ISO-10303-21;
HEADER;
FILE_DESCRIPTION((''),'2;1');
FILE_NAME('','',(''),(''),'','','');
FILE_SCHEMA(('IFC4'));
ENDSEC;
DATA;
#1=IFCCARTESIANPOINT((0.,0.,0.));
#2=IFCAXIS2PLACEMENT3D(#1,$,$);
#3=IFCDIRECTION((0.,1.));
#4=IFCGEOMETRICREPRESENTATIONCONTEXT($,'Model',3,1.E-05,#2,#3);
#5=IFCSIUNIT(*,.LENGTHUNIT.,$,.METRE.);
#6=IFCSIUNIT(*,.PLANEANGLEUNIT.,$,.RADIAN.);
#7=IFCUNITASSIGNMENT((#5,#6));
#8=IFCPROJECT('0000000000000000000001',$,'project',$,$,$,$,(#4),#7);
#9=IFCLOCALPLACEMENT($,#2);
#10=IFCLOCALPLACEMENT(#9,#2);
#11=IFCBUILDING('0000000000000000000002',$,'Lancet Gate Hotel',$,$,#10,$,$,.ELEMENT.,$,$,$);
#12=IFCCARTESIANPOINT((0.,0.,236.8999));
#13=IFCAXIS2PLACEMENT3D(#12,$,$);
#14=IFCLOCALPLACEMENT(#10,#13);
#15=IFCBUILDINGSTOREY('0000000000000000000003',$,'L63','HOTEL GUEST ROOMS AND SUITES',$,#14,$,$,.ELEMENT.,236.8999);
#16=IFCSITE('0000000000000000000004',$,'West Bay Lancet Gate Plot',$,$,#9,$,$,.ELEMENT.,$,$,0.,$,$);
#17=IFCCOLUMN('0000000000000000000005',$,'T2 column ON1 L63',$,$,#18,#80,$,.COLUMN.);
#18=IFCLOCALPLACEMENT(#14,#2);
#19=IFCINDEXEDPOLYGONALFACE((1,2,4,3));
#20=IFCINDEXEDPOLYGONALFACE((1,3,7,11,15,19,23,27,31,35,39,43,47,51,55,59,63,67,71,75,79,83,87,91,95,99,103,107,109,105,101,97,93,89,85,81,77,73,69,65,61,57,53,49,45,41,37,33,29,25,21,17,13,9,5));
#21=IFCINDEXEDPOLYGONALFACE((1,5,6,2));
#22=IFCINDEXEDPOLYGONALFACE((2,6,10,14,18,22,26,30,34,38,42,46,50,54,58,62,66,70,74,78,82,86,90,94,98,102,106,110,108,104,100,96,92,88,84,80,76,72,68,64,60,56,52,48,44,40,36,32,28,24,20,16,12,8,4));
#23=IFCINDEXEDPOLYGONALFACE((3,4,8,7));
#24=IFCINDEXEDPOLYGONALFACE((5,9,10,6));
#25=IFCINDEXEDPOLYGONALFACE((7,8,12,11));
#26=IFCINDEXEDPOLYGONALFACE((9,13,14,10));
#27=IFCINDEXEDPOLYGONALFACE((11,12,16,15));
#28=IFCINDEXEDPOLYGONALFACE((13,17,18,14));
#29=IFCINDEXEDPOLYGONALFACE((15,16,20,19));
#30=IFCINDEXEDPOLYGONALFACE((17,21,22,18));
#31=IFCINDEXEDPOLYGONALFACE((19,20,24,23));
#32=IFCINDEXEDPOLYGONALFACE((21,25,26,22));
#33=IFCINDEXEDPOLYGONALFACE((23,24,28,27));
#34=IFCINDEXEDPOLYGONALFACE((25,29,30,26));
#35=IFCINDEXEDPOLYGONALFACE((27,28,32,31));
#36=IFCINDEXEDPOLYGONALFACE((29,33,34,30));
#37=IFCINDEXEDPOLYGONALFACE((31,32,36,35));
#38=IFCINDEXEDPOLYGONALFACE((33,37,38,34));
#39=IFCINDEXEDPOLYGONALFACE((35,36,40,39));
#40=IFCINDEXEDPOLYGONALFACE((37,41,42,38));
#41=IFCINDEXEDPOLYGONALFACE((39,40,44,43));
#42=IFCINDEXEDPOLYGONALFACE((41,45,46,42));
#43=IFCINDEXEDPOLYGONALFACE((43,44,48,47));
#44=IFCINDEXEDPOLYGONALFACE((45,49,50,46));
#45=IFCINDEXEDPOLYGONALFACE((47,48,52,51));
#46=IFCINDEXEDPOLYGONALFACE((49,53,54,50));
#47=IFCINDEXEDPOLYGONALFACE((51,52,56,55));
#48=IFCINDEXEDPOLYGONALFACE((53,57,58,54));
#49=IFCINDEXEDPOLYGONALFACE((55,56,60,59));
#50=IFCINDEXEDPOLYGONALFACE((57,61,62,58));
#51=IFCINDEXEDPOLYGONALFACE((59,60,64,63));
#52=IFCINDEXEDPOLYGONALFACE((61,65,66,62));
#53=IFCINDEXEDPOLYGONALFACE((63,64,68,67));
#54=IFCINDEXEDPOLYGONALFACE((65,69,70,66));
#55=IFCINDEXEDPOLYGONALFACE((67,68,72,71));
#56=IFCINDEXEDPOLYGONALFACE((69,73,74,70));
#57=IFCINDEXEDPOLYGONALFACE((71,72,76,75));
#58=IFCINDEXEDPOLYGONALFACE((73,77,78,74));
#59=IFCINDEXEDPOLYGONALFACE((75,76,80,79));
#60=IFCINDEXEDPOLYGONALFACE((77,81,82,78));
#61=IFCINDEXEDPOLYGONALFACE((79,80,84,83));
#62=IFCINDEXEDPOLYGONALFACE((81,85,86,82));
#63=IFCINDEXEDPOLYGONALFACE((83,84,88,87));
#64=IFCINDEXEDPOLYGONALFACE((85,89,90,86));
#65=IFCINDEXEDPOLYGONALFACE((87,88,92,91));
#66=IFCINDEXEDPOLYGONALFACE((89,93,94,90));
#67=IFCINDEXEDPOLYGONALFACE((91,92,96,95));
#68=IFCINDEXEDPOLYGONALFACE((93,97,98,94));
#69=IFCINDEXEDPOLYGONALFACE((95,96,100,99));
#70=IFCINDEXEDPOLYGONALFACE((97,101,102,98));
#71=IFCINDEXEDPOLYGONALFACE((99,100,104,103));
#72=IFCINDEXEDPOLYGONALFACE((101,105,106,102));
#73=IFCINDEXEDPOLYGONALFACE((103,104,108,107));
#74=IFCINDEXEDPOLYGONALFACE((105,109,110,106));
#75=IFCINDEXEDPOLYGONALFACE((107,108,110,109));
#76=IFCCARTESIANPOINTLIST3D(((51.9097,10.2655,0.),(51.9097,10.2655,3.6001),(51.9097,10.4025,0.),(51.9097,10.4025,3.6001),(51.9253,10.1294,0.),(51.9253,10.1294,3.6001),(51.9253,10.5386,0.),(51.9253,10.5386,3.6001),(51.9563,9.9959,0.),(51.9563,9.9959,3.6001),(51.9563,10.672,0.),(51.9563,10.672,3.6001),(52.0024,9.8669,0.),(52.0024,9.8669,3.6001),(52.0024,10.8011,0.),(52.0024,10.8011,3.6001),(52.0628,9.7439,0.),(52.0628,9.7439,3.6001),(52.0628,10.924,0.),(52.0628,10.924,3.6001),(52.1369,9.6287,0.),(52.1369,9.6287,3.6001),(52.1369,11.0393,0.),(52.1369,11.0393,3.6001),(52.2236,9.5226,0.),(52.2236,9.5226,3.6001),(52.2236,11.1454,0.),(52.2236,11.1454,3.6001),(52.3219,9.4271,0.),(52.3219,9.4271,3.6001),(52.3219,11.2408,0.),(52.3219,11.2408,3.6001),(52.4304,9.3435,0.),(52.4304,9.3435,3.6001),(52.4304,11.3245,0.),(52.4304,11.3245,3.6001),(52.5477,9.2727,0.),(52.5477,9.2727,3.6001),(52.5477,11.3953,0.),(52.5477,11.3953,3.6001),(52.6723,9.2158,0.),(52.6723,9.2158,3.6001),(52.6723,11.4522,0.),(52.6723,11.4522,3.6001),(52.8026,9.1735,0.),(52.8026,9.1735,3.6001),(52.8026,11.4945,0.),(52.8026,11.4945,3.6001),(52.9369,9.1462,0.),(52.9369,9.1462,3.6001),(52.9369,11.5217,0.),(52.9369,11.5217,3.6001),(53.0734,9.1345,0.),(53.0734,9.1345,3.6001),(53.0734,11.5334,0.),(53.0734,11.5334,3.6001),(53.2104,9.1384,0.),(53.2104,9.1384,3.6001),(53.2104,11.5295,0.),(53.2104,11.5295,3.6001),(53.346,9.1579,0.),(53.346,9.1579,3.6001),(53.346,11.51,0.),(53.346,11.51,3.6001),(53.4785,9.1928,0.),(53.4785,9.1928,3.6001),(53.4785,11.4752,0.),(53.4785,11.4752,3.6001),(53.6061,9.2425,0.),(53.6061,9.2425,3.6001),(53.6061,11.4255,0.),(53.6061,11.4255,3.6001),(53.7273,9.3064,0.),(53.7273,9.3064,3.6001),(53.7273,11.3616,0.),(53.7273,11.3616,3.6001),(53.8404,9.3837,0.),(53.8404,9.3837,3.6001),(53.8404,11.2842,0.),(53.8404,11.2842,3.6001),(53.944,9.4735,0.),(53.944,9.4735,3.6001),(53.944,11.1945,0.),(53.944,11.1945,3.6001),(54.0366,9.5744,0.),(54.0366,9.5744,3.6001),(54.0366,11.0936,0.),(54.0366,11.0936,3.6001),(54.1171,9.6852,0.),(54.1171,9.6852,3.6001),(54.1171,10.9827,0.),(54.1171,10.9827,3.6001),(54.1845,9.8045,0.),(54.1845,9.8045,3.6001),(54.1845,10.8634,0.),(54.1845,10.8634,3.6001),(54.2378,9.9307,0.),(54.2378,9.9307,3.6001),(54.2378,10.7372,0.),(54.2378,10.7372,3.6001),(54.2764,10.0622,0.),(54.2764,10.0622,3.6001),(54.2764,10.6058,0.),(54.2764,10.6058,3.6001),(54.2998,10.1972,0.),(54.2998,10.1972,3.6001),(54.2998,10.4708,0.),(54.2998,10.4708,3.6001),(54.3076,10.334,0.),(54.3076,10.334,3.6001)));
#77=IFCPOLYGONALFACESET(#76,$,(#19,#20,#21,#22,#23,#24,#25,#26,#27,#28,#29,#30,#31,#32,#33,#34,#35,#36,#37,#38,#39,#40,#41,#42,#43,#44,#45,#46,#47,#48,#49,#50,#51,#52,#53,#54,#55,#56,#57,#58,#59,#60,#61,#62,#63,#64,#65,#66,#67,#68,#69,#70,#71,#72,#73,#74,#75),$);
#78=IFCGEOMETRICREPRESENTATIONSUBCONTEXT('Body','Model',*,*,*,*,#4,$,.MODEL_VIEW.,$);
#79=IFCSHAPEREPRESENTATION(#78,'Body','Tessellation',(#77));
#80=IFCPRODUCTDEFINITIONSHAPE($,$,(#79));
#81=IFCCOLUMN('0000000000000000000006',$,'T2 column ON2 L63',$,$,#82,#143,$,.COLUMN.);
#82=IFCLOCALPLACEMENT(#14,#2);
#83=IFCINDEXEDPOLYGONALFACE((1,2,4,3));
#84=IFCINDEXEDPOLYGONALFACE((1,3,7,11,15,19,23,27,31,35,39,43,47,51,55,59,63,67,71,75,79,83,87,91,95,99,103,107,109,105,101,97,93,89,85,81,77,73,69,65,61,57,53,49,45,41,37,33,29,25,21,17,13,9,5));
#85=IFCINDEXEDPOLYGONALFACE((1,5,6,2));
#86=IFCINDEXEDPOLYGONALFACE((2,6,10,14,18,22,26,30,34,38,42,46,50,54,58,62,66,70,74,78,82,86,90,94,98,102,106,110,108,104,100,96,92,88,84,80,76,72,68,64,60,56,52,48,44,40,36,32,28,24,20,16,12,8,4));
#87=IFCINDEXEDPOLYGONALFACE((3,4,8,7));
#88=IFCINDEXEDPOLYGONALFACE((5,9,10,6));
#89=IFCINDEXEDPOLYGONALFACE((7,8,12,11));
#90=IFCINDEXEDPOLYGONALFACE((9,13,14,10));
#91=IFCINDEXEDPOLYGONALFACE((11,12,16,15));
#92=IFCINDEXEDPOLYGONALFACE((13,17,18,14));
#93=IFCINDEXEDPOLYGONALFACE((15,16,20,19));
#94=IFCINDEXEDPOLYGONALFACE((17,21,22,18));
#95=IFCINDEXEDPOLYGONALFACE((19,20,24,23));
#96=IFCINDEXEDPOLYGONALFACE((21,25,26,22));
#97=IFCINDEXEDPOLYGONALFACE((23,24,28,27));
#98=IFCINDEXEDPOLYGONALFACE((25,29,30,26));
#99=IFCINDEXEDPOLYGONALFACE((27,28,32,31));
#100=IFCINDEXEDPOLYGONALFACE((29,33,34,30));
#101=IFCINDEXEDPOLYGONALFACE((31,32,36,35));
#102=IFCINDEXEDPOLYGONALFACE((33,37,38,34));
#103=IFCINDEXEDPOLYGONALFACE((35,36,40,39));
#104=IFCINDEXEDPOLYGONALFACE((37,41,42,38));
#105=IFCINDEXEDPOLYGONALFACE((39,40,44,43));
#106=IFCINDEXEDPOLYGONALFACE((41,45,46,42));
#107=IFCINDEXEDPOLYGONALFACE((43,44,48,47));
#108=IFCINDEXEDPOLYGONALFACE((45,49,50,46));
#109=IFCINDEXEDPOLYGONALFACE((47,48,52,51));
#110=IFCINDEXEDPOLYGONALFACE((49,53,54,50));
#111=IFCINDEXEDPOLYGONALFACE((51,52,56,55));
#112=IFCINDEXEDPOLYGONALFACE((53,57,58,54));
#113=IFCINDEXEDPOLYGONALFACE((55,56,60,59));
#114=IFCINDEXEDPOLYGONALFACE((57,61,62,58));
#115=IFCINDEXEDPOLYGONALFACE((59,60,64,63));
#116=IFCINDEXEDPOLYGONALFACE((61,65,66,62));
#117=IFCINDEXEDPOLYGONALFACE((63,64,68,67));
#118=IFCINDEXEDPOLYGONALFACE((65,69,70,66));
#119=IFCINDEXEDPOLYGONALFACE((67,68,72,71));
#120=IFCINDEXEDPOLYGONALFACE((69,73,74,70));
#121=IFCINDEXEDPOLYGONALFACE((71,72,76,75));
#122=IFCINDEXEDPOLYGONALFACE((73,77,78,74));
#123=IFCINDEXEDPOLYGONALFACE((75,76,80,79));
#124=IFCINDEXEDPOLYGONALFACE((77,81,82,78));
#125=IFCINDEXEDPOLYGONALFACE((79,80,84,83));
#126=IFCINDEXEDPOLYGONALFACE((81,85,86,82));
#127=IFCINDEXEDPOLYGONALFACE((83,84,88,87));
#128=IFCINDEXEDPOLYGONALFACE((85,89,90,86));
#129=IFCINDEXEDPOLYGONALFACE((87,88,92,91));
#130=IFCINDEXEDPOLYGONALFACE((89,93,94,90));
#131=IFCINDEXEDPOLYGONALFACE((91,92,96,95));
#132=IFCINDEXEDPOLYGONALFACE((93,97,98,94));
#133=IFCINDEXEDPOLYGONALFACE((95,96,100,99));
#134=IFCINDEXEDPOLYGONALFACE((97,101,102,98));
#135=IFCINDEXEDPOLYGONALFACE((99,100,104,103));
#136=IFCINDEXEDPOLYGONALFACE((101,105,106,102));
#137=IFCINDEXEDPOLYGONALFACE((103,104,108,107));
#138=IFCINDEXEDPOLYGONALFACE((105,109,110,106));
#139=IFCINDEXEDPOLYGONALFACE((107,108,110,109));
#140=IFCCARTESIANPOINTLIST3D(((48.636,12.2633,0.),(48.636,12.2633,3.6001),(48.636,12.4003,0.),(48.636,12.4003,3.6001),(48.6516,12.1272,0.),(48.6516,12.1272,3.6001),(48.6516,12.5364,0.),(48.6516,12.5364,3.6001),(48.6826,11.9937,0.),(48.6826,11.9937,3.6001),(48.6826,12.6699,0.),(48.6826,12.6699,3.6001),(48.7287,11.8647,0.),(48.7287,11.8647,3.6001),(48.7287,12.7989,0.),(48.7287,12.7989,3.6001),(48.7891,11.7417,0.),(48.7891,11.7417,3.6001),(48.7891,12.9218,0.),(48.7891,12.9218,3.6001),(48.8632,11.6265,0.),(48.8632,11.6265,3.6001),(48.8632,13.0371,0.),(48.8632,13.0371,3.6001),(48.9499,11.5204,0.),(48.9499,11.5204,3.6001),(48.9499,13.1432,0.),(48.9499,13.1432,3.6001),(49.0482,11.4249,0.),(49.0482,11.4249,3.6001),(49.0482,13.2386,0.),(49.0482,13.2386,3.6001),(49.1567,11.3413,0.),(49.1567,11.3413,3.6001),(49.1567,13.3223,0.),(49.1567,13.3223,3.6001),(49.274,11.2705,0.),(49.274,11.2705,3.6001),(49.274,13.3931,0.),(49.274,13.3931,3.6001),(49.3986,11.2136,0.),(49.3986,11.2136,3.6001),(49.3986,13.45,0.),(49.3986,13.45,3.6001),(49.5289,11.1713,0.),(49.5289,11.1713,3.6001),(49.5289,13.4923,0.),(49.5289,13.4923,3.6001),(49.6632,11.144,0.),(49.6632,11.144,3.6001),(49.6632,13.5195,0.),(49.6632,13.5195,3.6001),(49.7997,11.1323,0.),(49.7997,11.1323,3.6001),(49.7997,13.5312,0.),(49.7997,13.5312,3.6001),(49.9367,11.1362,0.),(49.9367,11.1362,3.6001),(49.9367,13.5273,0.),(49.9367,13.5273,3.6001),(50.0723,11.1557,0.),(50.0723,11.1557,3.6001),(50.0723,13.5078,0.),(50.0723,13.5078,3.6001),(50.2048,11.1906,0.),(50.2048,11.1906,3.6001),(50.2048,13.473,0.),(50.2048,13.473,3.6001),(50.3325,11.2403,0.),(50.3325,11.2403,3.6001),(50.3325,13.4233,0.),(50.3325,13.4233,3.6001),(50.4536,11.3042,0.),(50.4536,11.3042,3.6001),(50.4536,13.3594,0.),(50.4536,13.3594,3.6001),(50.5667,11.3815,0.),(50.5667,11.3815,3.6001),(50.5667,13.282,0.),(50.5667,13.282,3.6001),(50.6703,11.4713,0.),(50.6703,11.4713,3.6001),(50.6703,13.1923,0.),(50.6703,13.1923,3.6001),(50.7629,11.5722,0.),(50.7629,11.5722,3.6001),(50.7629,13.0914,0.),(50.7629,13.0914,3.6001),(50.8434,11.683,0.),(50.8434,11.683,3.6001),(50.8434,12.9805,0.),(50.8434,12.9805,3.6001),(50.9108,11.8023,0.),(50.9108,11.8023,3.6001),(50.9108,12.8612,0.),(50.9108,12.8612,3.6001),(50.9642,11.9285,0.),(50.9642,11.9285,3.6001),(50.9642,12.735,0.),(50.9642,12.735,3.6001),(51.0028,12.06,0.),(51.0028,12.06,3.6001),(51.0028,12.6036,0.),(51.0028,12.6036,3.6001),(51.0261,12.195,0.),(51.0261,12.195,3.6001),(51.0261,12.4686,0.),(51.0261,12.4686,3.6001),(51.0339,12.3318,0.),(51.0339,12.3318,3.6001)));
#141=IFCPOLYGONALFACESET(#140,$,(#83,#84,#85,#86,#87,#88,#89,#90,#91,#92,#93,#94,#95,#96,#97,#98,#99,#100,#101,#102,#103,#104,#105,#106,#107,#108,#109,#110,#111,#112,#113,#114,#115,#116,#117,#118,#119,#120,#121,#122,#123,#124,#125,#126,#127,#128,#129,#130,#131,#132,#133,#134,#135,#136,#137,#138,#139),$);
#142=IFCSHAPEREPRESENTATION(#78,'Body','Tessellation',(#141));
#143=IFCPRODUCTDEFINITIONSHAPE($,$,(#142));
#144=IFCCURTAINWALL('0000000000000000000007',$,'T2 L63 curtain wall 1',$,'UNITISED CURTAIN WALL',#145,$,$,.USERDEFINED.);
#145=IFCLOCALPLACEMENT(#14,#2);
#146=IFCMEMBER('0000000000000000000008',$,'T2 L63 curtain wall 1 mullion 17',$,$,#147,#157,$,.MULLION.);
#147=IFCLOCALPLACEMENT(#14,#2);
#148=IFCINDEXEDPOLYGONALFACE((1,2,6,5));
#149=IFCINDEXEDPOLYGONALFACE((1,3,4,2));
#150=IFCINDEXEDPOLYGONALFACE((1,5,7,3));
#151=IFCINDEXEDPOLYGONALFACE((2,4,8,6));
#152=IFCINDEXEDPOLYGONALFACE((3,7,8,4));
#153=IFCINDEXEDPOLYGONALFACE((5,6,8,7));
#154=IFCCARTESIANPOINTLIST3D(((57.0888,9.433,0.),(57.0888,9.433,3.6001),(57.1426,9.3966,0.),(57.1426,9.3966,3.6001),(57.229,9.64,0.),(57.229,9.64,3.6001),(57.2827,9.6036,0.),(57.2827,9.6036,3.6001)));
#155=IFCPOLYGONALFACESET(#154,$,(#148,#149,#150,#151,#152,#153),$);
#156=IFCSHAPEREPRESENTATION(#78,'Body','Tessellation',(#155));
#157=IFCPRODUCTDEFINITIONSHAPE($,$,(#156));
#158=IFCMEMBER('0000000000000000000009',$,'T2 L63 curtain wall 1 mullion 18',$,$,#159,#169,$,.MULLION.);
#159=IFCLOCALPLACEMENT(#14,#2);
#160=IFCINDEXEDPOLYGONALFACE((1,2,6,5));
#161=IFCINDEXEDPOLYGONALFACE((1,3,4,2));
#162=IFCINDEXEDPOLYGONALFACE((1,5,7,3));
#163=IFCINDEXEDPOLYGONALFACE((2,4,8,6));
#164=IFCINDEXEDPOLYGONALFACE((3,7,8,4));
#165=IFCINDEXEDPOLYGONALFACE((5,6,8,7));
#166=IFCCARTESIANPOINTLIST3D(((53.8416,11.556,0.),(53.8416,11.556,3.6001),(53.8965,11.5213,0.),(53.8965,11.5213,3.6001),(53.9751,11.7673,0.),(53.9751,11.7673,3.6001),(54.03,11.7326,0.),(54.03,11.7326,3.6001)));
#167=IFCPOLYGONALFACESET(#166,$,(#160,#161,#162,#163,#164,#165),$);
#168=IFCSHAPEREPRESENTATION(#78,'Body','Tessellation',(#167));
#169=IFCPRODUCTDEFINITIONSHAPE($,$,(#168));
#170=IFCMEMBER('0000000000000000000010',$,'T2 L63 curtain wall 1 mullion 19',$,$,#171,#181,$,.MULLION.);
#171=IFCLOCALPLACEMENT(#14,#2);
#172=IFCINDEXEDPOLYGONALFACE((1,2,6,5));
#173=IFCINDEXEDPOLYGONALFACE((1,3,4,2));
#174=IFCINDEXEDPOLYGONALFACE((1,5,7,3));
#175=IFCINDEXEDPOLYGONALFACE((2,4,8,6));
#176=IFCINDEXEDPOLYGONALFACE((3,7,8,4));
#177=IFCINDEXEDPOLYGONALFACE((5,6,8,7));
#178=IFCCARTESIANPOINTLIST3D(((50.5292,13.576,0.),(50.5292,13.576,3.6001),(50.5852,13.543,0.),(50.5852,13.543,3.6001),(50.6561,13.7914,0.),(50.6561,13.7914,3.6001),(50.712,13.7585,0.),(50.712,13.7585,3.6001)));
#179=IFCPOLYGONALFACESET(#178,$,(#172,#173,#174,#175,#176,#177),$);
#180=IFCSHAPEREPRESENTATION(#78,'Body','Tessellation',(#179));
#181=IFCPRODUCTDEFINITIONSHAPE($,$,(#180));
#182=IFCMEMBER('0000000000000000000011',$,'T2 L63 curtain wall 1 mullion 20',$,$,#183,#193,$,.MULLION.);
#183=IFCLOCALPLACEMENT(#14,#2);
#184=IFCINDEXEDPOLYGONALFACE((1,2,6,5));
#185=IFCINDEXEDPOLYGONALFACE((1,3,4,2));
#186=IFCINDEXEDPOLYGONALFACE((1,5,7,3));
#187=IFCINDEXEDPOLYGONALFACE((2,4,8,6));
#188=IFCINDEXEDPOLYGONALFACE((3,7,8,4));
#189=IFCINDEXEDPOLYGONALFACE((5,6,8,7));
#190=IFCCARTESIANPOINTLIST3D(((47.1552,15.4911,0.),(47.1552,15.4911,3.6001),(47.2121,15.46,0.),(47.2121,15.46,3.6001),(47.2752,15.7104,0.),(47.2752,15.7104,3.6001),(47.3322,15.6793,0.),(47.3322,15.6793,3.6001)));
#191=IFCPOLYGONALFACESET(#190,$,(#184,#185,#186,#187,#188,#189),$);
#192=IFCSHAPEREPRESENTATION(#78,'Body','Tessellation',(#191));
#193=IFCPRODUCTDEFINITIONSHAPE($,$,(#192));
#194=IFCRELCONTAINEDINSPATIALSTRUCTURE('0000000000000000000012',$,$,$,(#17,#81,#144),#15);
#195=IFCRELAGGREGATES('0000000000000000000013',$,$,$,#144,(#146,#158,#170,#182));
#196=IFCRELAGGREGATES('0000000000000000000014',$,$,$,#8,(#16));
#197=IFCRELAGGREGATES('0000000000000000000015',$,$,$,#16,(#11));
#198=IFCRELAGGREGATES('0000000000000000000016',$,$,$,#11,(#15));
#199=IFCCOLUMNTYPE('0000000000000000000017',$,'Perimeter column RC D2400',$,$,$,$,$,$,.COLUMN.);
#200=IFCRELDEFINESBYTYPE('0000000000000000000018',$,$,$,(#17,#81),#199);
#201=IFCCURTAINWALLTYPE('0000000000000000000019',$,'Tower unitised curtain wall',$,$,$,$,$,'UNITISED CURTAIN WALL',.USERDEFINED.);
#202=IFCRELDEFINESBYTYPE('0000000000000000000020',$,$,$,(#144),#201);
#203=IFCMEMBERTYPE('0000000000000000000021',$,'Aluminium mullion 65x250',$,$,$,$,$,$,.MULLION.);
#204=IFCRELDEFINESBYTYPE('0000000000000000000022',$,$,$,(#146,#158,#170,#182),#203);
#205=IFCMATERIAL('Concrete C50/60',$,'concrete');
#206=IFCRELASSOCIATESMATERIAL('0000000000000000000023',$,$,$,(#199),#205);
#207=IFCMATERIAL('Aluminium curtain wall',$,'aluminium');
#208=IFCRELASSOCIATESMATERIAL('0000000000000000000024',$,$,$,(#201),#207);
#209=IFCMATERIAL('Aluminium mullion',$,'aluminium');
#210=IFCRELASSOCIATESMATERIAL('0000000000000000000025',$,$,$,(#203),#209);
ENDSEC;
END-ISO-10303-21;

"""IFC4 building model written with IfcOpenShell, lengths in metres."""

from ifc_helpers import new_model, si_unit, direction, frame, origin, origin_2d, place, context, subcontext, project, spatial, rectangle, circle, extrude, material, material_profile, profile_set, type_object, element, aggregate, save


model = new_model("IFC4")

# Units and contexts
model_context = context("Model", 3, precision=1e-05, world=origin(), true_north=direction((0.0, 1.0)))
body_context = subcontext(model_context, "Body", "Model", "MODEL_VIEW")
ifc_project = project(units=[si_unit("LENGTHUNIT", "METRE"), si_unit("PLANEANGLEUNIT", "RADIAN")], contexts=[model_context])

# Site, building, storey
site_placement = place(None, origin())
site = spatial("IfcSite", under=ifc_project, at=site_placement, Name="West Bay Lancet Gate Plot", CompositionType="ELEMENT", RefElevation=0.0)
building_placement = place(site_placement, origin())
building = spatial("IfcBuilding", under=site, at=building_placement, Name="Lancet Gate Hotel", CompositionType="ELEMENT")
storey_placement = place(building_placement, frame((0.0, 0.0, 236.8999)))
storey = spatial("IfcBuildingStorey", under=building, at=storey_placement, Name="L63", Description="HOTEL GUEST ROOMS AND SUITES", CompositionType="ELEMENT", Elevation=236.8999)

# Columns
ifc_material_1 = material(Name="Concrete C50/60", Category="concrete")
ifc_material_profile_1 = material_profile(ifc_material_1, circle(Radius=1.2, at=origin_2d()), Name="RC D2400")
ifc_profile_set_1 = profile_set([ifc_material_profile_1], Name="Concrete C50/60")
column_type = type_object("IfcColumnType", Name="Perimeter column RC D2400", PredefinedType="COLUMN", material=ifc_profile_set_1)
for number, where, z_axis, x_axis, name in (
    (1, (53.1077, 10.334, 0.0), (0.0, 0.0, 1.0), (1.0, 0.0, 0.0), "T2 column ON1 L63"),
    (2, (49.834, 12.3318, 0.0), (0.0, 0.0, 1.0), (1.0, 0.0, 0.0), "T2 column ON2 L63"),
):
    element("IfcColumn", number, at=place(storey_placement, frame(where, z_axis=z_axis, x_axis=x_axis)), inside=storey, type_object=column_type, Name=name, PredefinedType="COLUMN", context=body_context, shape_type="SweptSolid", body=[
        extrude(circle(Radius=1.2, at=origin_2d()), origin(), (0.0, 0.0, 1.0), 3.6001),
    ])

# Curtain wall, members
ifc_material_2 = material(Name="Aluminium curtain wall", Category="aluminium")
curtain_wall_type = type_object("IfcCurtainWallType", Name="Tower unitised curtain wall", ElementType="UNITISED CURTAIN WALL", PredefinedType="USERDEFINED", material=ifc_material_2)
curtain_wall_placement = place(storey_placement, origin())
curtain_wall = element("IfcCurtainWall", 3, at=curtain_wall_placement, inside=storey, type_object=curtain_wall_type, Name="T2 L63 curtain wall 1", ObjectType="UNITISED CURTAIN WALL", PredefinedType="USERDEFINED")
ifc_material_3 = material(Name="Aluminium mullion", Category="aluminium")
ifc_material_profile_2 = material_profile(ifc_material_3, rectangle(XDim=0.0649, YDim=0.25, at=origin_2d()), Name="MULLION 65x250")
ifc_profile_set_2 = profile_set([ifc_material_profile_2], Name="Aluminium mullion")
member_type_1 = type_object("IfcMemberType", Name="Aluminium mullion 65x250", PredefinedType="MULLION", material=ifc_profile_set_2)
member_1_placement = place(storey_placement, frame((57.1858, 9.5183, 0.0), z_axis=(0.0, 0.0, 1.0), x_axis=(-0.828155, 0.5605, 0.0)))
member_1 = element("IfcMember", 4, at=member_1_placement, type_object=member_type_1, Name="T2 L63 curtain wall 1 mullion 17", PredefinedType="MULLION", context=body_context, shape_type="SweptSolid", body=[
    extrude(rectangle(XDim=0.0649, YDim=0.25, at=origin_2d()), origin(), (0.0, 0.0, 1.0), 3.6001),
])
member_2_placement = place(storey_placement, frame((53.9358, 11.6443, 0.0), z_axis=(0.0, 0.0, 1.0), x_axis=(-0.84534, 0.534229, 0.0)))
member_2 = element("IfcMember", 5, at=member_2_placement, type_object=member_type_1, Name="T2 L63 curtain wall 1 mullion 18", PredefinedType="MULLION", context=body_context, shape_type="SweptSolid", body=[
    extrude(rectangle(XDim=0.0649, YDim=0.25, at=origin_2d()), origin(), (0.0, 0.0, 1.0), 3.6001),
])
member_3_placement = place(storey_placement, frame((50.6206, 13.6672, 0.0), z_axis=(0.0, 0.0, 1.0), x_axis=(-0.861692, 0.507432, 0.0)))
member_3 = element("IfcMember", 6, at=member_3_placement, type_object=member_type_1, Name="T2 L63 curtain wall 1 mullion 19", PredefinedType="MULLION", context=body_context, shape_type="SweptSolid", body=[
    extrude(rectangle(XDim=0.0649, YDim=0.25, at=origin_2d()), origin(), (0.0, 0.0, 1.0), 3.6001),
])
member_4_placement = place(storey_placement, frame((47.2437, 15.5852, 0.0), z_axis=(0.0, 0.0, 1.0), x_axis=(-0.877195, 0.480135, 0.0)))
member_4 = element("IfcMember", 7, at=member_4_placement, type_object=member_type_1, Name="T2 L63 curtain wall 1 mullion 20", PredefinedType="MULLION", context=body_context, shape_type="SweptSolid", body=[
    extrude(rectangle(XDim=0.0649, YDim=0.25, at=origin_2d()), origin(), (0.0, 0.0, 1.0), 3.6001),
])

aggregate(curtain_wall, [member_1, member_2, member_3, member_4])

save(model, "model.ifc")
